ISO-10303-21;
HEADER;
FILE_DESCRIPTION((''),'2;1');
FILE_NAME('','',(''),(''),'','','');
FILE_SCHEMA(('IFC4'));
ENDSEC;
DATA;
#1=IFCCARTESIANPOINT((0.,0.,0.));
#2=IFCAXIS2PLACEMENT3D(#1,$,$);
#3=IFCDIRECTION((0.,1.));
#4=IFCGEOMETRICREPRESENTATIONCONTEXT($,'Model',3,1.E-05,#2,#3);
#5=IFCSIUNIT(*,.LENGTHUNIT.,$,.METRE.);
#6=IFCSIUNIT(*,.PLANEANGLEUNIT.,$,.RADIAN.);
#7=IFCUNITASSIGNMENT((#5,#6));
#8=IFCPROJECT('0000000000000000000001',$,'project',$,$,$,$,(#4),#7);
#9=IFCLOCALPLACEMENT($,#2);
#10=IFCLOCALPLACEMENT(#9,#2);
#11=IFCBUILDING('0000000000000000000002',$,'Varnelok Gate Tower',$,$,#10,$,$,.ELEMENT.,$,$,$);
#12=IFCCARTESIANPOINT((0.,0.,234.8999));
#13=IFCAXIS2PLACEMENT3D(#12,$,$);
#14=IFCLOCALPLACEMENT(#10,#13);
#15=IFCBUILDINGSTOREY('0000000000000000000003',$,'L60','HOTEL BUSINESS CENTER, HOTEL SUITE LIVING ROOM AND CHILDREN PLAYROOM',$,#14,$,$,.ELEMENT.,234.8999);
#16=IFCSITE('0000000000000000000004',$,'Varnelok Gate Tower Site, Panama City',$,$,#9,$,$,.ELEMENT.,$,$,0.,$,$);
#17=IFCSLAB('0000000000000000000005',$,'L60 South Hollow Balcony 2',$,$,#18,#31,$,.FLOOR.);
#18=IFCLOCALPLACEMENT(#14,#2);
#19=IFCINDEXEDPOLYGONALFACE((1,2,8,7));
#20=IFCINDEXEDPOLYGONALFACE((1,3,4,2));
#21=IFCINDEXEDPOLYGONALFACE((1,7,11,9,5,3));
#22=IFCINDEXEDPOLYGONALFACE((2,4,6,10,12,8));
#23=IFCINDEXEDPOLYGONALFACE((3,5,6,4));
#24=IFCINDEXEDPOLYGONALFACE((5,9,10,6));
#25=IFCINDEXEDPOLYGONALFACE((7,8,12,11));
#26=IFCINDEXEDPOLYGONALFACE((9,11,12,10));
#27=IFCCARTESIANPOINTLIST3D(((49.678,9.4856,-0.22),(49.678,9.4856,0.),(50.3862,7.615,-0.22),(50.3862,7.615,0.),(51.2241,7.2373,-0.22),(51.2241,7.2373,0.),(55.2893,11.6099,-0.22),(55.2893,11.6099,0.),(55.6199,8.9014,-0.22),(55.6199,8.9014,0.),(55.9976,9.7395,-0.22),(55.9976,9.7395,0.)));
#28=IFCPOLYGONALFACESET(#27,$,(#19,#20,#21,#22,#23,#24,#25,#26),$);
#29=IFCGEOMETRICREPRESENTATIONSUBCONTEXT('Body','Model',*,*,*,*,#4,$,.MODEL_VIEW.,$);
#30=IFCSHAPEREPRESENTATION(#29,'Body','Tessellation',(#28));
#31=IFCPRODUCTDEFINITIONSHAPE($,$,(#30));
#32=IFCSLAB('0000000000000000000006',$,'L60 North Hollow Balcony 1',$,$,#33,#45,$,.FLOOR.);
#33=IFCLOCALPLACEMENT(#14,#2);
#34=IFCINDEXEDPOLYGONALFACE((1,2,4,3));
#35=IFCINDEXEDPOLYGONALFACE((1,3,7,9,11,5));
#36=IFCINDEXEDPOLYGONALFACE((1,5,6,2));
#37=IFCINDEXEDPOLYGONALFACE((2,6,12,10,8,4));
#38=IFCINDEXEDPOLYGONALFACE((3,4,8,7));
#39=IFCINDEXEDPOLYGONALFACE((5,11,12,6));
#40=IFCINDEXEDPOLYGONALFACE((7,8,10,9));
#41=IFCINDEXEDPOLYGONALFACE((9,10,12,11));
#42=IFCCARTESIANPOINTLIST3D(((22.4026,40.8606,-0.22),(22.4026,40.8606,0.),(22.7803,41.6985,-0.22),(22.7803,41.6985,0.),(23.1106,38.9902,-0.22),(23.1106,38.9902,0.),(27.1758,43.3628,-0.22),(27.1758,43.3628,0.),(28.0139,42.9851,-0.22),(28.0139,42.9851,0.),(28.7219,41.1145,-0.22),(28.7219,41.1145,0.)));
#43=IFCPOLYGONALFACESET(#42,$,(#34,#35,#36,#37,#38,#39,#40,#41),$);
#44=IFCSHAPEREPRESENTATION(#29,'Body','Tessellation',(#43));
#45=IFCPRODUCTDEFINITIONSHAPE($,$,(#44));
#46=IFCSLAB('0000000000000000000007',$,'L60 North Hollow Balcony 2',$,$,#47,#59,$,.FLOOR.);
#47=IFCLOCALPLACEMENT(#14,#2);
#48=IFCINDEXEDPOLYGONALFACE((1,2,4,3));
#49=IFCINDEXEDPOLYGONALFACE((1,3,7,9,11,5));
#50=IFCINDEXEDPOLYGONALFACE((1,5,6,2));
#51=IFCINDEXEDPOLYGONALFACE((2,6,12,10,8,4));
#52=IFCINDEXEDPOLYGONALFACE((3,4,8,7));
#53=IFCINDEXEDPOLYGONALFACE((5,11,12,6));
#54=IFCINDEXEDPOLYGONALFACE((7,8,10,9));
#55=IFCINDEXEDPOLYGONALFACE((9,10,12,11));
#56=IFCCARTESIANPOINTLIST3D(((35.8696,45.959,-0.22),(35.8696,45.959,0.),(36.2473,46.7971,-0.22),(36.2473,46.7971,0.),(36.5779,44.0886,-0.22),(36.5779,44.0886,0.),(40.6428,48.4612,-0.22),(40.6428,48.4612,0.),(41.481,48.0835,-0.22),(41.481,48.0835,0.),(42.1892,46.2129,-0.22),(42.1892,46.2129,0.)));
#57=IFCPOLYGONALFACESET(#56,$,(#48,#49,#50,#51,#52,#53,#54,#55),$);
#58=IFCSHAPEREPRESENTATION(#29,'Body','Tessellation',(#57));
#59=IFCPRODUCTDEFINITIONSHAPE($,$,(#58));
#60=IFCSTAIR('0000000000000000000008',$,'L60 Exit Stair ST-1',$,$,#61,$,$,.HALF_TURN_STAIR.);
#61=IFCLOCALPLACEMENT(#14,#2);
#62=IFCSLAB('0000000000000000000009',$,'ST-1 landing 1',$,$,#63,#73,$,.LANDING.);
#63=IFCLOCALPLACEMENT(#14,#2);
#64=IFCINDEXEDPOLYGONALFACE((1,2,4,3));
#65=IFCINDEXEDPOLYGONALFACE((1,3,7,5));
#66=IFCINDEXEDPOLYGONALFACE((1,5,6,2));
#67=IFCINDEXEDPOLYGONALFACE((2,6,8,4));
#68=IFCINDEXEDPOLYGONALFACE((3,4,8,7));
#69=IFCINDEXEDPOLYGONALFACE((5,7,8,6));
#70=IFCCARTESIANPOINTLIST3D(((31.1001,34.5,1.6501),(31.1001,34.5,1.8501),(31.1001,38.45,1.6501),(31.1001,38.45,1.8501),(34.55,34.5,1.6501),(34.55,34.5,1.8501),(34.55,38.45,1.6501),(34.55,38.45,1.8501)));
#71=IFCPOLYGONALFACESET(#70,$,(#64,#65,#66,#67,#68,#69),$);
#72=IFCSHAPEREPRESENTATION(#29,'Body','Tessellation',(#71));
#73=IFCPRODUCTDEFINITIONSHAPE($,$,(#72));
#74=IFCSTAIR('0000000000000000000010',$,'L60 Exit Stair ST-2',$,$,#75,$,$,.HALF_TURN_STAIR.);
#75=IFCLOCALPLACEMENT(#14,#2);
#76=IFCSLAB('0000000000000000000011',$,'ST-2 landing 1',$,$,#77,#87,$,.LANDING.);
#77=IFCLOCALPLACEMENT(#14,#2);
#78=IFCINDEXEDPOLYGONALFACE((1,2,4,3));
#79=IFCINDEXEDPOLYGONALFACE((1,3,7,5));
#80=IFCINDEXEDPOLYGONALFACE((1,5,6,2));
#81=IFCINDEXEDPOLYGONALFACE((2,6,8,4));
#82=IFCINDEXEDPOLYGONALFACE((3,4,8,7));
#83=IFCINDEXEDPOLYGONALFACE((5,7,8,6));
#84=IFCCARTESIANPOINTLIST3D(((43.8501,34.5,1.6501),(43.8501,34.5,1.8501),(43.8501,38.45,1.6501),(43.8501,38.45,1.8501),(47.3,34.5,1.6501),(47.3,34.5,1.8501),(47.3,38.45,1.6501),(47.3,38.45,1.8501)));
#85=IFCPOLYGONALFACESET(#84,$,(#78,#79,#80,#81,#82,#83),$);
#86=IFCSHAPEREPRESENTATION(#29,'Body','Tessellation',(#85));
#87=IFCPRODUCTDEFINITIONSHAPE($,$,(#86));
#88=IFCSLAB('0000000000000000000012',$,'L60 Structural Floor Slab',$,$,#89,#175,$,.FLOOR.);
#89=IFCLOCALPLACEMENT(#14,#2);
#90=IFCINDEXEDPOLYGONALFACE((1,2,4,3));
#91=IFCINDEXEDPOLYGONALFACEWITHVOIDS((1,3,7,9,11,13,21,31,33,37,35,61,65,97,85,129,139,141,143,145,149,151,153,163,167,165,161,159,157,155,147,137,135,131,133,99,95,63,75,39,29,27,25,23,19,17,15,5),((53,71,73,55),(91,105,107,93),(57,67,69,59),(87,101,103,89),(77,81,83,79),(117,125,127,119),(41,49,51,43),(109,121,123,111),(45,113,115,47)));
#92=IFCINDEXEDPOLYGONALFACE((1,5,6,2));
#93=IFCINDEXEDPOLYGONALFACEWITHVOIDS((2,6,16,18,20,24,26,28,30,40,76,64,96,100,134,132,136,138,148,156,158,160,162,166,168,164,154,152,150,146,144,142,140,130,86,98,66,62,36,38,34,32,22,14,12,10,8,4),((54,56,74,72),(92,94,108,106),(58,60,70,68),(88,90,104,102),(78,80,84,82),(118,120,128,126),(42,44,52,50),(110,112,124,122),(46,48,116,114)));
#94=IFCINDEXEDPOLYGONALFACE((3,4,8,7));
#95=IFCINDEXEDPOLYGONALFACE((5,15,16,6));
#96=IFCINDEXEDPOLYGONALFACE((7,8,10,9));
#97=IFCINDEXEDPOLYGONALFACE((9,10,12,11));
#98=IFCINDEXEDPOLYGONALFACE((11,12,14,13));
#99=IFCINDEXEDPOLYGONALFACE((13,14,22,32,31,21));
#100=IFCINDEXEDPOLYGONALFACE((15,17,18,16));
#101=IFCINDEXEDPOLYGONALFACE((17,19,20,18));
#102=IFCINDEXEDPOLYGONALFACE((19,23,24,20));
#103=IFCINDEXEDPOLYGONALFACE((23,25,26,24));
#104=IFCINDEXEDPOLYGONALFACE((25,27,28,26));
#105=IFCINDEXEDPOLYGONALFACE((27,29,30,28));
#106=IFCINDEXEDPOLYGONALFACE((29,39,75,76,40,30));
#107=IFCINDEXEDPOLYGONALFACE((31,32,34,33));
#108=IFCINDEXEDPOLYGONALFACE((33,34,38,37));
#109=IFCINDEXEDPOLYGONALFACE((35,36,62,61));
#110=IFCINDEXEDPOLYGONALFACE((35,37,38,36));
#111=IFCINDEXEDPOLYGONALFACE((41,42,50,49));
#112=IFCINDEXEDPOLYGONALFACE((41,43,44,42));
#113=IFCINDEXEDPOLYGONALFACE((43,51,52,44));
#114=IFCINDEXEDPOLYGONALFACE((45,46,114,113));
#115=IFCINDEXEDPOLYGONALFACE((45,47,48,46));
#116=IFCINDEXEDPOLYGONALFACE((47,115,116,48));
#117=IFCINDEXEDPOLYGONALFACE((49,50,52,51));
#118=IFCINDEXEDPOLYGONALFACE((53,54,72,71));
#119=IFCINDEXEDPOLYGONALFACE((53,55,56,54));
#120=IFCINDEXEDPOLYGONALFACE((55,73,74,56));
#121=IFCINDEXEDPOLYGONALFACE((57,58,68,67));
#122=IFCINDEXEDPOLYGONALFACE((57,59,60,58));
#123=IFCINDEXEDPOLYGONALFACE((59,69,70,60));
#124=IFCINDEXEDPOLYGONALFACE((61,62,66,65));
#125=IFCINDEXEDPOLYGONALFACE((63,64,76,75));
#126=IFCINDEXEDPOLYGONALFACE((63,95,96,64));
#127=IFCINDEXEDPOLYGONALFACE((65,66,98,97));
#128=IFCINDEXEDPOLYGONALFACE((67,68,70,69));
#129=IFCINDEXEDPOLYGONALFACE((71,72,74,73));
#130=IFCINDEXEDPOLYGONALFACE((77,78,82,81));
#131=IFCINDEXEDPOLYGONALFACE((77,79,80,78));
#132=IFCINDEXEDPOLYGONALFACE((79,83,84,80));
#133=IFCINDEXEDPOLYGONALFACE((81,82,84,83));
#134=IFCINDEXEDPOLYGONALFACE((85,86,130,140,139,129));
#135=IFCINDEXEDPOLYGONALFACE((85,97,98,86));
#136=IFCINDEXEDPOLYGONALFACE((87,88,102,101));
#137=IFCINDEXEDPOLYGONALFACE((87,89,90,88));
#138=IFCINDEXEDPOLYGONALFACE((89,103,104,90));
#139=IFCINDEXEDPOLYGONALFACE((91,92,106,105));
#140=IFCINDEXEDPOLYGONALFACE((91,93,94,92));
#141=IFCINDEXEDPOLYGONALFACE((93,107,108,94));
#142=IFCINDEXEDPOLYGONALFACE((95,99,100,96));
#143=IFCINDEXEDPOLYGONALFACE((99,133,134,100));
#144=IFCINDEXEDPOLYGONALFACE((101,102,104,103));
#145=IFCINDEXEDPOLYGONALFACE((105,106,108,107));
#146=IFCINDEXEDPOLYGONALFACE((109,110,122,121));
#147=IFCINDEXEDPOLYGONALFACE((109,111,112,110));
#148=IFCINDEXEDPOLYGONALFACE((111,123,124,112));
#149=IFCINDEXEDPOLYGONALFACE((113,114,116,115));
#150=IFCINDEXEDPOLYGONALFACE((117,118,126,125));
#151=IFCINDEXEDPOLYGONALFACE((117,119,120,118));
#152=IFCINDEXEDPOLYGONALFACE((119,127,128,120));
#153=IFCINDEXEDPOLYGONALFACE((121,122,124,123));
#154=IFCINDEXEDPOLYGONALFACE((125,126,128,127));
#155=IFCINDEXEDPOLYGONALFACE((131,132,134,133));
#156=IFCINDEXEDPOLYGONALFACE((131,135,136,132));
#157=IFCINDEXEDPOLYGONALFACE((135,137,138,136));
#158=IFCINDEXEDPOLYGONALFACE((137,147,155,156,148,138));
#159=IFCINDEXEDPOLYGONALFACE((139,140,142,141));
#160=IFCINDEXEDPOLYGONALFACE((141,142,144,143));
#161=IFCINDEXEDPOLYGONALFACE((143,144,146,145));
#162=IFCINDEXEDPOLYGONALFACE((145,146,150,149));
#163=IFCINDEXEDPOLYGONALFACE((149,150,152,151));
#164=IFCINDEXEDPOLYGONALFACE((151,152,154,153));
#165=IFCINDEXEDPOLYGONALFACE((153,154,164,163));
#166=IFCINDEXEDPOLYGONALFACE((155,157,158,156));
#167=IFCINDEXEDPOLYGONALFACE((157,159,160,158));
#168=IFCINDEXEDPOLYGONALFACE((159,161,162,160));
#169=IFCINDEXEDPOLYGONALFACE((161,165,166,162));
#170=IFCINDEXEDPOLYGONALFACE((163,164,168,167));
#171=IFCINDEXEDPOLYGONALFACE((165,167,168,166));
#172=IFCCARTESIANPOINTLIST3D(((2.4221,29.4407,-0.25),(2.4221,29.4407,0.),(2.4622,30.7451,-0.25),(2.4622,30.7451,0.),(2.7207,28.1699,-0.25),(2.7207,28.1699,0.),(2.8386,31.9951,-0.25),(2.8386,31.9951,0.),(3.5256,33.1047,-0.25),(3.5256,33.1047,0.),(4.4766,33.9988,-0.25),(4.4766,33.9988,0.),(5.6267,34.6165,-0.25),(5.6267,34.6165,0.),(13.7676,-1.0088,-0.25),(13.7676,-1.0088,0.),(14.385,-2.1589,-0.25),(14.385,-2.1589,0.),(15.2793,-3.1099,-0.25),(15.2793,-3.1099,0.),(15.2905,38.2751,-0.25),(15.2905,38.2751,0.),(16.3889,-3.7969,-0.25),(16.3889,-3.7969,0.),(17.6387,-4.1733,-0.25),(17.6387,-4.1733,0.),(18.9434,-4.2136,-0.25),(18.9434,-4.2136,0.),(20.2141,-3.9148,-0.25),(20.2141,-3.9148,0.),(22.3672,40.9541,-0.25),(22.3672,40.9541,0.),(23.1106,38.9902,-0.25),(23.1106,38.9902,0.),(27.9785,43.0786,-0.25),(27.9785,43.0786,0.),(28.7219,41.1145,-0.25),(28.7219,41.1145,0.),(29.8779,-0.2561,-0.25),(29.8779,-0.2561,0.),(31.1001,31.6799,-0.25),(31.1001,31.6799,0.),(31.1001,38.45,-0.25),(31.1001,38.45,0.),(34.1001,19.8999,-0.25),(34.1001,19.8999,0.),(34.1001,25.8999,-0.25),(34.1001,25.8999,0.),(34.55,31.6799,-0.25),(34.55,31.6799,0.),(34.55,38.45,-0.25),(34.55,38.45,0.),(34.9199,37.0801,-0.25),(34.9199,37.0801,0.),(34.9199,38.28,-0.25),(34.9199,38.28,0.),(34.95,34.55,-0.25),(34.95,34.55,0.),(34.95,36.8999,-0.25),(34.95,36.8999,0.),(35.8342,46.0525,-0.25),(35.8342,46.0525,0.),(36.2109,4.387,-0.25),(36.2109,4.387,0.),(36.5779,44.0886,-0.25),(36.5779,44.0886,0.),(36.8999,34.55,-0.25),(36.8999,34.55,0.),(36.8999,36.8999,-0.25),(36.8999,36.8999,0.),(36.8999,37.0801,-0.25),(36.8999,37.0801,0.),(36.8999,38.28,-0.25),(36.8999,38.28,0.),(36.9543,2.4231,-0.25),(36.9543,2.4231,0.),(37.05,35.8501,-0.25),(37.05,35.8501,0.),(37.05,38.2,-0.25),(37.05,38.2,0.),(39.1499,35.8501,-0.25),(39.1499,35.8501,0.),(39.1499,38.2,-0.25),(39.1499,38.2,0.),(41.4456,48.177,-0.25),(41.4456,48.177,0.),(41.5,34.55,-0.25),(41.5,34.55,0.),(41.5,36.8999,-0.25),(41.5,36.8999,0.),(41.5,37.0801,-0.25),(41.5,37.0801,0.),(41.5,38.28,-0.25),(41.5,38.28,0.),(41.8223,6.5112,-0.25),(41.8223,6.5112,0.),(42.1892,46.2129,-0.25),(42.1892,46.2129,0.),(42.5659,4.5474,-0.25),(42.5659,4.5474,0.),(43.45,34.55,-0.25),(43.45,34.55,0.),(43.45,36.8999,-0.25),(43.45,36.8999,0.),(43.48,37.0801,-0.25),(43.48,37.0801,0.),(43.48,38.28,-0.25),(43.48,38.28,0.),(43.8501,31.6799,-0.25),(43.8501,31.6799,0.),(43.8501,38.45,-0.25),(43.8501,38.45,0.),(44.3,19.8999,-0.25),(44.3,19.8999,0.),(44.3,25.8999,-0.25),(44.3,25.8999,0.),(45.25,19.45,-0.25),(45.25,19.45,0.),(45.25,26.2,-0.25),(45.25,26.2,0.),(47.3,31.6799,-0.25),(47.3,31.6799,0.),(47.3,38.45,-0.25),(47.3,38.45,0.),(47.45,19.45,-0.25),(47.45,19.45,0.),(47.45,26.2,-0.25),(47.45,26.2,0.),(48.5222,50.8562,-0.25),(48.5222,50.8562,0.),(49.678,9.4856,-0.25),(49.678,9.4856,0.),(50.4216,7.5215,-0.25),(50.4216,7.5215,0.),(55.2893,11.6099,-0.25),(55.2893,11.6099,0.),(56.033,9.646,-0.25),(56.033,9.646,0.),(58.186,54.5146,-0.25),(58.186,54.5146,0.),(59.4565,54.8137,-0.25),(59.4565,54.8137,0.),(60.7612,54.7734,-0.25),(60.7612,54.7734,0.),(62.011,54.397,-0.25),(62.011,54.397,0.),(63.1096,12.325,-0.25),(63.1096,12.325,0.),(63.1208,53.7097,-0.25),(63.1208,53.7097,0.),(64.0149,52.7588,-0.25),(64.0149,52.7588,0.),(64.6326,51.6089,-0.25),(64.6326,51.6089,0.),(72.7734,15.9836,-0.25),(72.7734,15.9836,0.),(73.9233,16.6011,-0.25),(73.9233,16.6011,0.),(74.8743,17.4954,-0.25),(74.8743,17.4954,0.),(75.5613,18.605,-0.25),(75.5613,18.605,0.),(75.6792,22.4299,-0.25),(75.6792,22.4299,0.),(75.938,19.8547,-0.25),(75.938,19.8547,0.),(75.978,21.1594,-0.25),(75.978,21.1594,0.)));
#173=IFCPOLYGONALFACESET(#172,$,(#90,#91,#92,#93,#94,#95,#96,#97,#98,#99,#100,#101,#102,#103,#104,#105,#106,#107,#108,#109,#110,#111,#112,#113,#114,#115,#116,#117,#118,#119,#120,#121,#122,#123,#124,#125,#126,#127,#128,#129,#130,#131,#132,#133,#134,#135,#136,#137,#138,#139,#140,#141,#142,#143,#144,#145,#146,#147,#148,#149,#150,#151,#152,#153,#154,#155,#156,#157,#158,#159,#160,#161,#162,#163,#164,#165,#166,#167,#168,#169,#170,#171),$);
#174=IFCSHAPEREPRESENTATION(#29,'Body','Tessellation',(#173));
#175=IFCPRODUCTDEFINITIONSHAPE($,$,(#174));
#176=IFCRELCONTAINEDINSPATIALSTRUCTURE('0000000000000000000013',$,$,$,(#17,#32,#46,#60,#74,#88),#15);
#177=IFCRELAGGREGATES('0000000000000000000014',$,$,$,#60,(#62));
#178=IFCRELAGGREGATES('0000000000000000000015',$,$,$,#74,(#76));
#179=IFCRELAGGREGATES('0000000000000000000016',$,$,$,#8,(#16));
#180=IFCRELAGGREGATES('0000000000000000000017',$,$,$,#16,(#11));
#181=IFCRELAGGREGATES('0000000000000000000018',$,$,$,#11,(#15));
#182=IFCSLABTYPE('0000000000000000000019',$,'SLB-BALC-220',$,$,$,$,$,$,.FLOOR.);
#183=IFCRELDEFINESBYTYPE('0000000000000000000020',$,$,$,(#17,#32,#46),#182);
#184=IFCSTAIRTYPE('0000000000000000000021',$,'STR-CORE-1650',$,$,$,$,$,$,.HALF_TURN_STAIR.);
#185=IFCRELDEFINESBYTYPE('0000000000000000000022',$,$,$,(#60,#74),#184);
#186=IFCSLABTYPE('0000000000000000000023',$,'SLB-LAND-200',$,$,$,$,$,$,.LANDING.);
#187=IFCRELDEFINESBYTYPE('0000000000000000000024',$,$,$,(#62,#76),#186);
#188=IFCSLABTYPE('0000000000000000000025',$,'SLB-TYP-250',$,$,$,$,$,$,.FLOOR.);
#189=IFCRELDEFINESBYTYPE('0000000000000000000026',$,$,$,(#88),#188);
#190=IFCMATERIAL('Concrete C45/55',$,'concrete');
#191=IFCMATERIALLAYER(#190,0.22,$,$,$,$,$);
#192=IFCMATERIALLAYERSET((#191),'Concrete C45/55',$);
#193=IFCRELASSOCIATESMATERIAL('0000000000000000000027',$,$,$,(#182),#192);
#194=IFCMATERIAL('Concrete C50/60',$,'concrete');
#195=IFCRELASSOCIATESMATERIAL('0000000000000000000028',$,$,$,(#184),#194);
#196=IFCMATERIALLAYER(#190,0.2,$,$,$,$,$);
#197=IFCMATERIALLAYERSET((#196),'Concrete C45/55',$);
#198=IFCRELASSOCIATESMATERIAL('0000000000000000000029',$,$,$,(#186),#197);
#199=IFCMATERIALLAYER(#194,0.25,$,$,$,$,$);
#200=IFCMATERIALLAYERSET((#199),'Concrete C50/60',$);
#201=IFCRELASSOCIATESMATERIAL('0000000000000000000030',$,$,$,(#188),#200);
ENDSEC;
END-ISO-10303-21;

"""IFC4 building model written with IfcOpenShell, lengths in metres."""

from ifc_helpers import new_model, si_unit, direction, frame, origin, place, context, subcontext, project, spatial, polyline, outline, extrude, material, layer, layer_set, type_object, element, aggregate, save


model = new_model("IFC4")

# Units and contexts
model_context = context("Model", 3, precision=1e-05, world=origin(), true_north=direction((0.0, 1.0)))
body_context = subcontext(model_context, "Body", "Model", "MODEL_VIEW")
ifc_project = project(units=[si_unit("LENGTHUNIT", "METRE"), si_unit("PLANEANGLEUNIT", "RADIAN")], contexts=[model_context])

# Site, building, storey
site_placement = place(None, origin())
site = spatial("IfcSite", under=ifc_project, at=site_placement, Name="Varnelok Gate Tower Site, Panama City", CompositionType="ELEMENT", RefElevation=0.0)
building_placement = place(site_placement, origin())
building = spatial("IfcBuilding", under=site, at=building_placement, Name="Varnelok Gate Tower", CompositionType="ELEMENT")
storey_placement = place(building_placement, frame((0.0, 0.0, 234.8999)))
storey = spatial("IfcBuildingStorey", under=building, at=storey_placement, Name="L60", Description="HOTEL BUSINESS CENTER, HOTEL SUITE LIVING ROOM AND CHILDREN PLAYROOM", CompositionType="ELEMENT", Elevation=234.8999)

# Slabs
ifc_material_1 = material(Name="Concrete C45/55", Category="concrete")
ifc_layer_1 = layer(ifc_material_1, 0.22)
ifc_layer_set_1 = layer_set([ifc_layer_1], Name="Concrete C45/55")
slab_type_1 = type_object("IfcSlabType", Name="SLB-BALC-220", PredefinedType="FLOOR", material=ifc_layer_set_1)
slab_1_placement = place(storey_placement, frame((0.0, 0.0, -0.22)))
element("IfcSlab", 1, at=slab_1_placement, inside=storey, type_object=slab_type_1, Name="L60 South Hollow Balcony 2", PredefinedType="FLOOR", context=body_context, shape_type="SweptSolid", body=[
    extrude(outline(polyline([(50.3862, 7.615), (51.2241, 7.2373), (55.6199, 8.9014), (55.9976, 9.7395), (55.2893, 11.6099), (49.678, 9.4856), (50.3862, 7.615)])), origin(), (0.0, 0.0, 1.0), 0.22),
])
slab_2_placement = place(storey_placement, frame((0.0, 0.0, -0.22)))
element("IfcSlab", 2, at=slab_2_placement, inside=storey, type_object=slab_type_1, Name="L60 North Hollow Balcony 1", PredefinedType="FLOOR", context=body_context, shape_type="SweptSolid", body=[
    extrude(outline(polyline([(23.1106, 38.9902), (28.7219, 41.1145), (28.0139, 42.9851), (27.1758, 43.3628), (22.7803, 41.6985), (22.4026, 40.8606), (23.1106, 38.9902)])), origin(), (0.0, 0.0, 1.0), 0.22),
])
slab_3_placement = place(storey_placement, frame((0.0, 0.0, -0.22)))
element("IfcSlab", 3, at=slab_3_placement, inside=storey, type_object=slab_type_1, Name="L60 North Hollow Balcony 2", PredefinedType="FLOOR", context=body_context, shape_type="SweptSolid", body=[
    extrude(outline(polyline([(36.5779, 44.0886), (42.1892, 46.2129), (41.481, 48.0835), (40.6428, 48.4612), (36.2473, 46.7971), (35.8696, 45.959), (36.5779, 44.0886)])), origin(), (0.0, 0.0, 1.0), 0.22),
])

# Stairs, slabs
ifc_material_2 = material(Name="Concrete C50/60", Category="concrete")
stair_type = type_object("IfcStairType", Name="STR-CORE-1650", PredefinedType="HALF_TURN_STAIR", material=ifc_material_2)
stair_1_placement = place(storey_placement, origin())
stair_1 = element("IfcStair", 4, at=stair_1_placement, inside=storey, type_object=stair_type, Name="L60 Exit Stair ST-1", PredefinedType="HALF_TURN_STAIR")
ifc_layer_2 = layer(ifc_material_1, 0.2)
ifc_layer_set_2 = layer_set([ifc_layer_2], Name="Concrete C45/55")
slab_type_2 = type_object("IfcSlabType", Name="SLB-LAND-200", PredefinedType="LANDING", material=ifc_layer_set_2)
slab_4_placement = place(storey_placement, frame((0.0, 0.0, 1.6501)))
slab_4 = element("IfcSlab", 5, at=slab_4_placement, type_object=slab_type_2, Name="ST-1 landing 1", PredefinedType="LANDING", context=body_context, shape_type="SweptSolid", body=[
    extrude(outline(polyline([(34.55, 34.5), (34.55, 38.45), (31.1001, 38.45), (31.1001, 34.5), (34.55, 34.5)])), origin(), (0.0, 0.0, 1.0), 0.2),
])
aggregate(stair_1, [slab_4])
stair_2_placement = place(storey_placement, origin())
stair_2 = element("IfcStair", 6, at=stair_2_placement, inside=storey, type_object=stair_type, Name="L60 Exit Stair ST-2", PredefinedType="HALF_TURN_STAIR")
slab_5_placement = place(storey_placement, frame((0.0, 0.0, 1.6501)))
slab_5 = element("IfcSlab", 7, at=slab_5_placement, type_object=slab_type_2, Name="ST-2 landing 1", PredefinedType="LANDING", context=body_context, shape_type="SweptSolid", body=[
    extrude(outline(polyline([(47.3, 34.5), (47.3, 38.45), (43.8501, 38.45), (43.8501, 34.5), (47.3, 34.5)])), origin(), (0.0, 0.0, 1.0), 0.2),
])
aggregate(stair_2, [slab_5])

# Slab
ifc_layer_3 = layer(ifc_material_2, 0.25)
ifc_layer_set_3 = layer_set([ifc_layer_3], Name="Concrete C50/60")
slab_type_3 = type_object("IfcSlabType", Name="SLB-TYP-250", PredefinedType="FLOOR", material=ifc_layer_set_3)
slab_6_placement = place(storey_placement, frame((0.0, 0.0, -0.25)))
element("IfcSlab", 8, at=slab_6_placement, inside=storey, type_object=slab_type_3, Name="L60 Structural Floor Slab", PredefinedType="FLOOR", context=body_context, shape_type="SweptSolid", body=[
    extrude(outline(polyline([(13.7676, -1.0088), (14.385, -2.1589), (15.2793, -3.1099), (16.3889, -3.7969), (17.6387, -4.1733), (18.9434, -4.2136), (20.2141, -3.9148), (29.8779, -0.2561), (36.9543, 2.4231), (36.2109, 4.387), (41.8223, 6.5112), (42.5659, 4.5474), (50.4216, 7.5215), (49.678, 9.4856), (55.2893, 11.6099), (56.033, 9.646), (63.1096, 12.325), (72.7734, 15.9836), (73.9233, 16.6011), (74.8743, 17.4954), (75.5613, 18.605), (75.938, 19.8547), (75.978, 21.1594), (75.6792, 22.4299), (64.6326, 51.6089), (64.0149, 52.7588), (63.1208, 53.7097), (62.011, 54.397), (60.7612, 54.7734), (59.4565, 54.8137), (58.186, 54.5146), (48.5222, 50.8562), (41.4456, 48.177), (42.1892, 46.2129), (36.5779, 44.0886), (35.8342, 46.0525), (27.9785, 43.0786), (28.7219, 41.1145), (23.1106, 38.9902), (22.3672, 40.9541), (15.2905, 38.2751), (5.6267, 34.6165), (4.4766, 33.9988), (3.5256, 33.1047), (2.8386, 31.9951), (2.4622, 30.7451), (2.4221, 29.4407), (2.7207, 28.1699), (13.7676, -1.0088)]), holes=[polyline([(34.55, 31.6799), (34.55, 38.45), (31.1001, 38.45), (31.1001, 31.6799), (34.55, 31.6799)]), polyline([(47.3, 31.6799), (47.3, 38.45), (43.8501, 38.45), (43.8501, 31.6799), (47.3, 31.6799)]), polyline([(34.95, 34.55), (36.8999, 34.55), (36.8999, 36.8999), (34.95, 36.8999), (34.95, 34.55)]), polyline([(41.5, 34.55), (43.45, 34.55), (43.45, 36.8999), (41.5, 36.8999), (41.5, 34.55)]), polyline([(37.05, 35.8501), (39.1499, 35.8501), (39.1499, 38.2), (37.05, 38.2), (37.05, 35.8501)]), polyline([(45.25, 19.45), (47.45, 19.45), (47.45, 26.2), (45.25, 26.2), (45.25, 19.45)]), polyline([(34.9199, 37.0801), (36.8999, 37.0801), (36.8999, 38.28), (34.9199, 38.28), (34.9199, 37.0801)]), polyline([(41.5, 37.0801), (43.48, 37.0801), (43.48, 38.28), (41.5, 38.28), (41.5, 37.0801)]), polyline([(34.1001, 19.8999), (44.3, 19.8999), (44.3, 25.8999), (34.1001, 25.8999), (34.1001, 19.8999)])]), origin(), (0.0, 0.0, 1.0), 0.25),
])

save(model, "model.ifc")
